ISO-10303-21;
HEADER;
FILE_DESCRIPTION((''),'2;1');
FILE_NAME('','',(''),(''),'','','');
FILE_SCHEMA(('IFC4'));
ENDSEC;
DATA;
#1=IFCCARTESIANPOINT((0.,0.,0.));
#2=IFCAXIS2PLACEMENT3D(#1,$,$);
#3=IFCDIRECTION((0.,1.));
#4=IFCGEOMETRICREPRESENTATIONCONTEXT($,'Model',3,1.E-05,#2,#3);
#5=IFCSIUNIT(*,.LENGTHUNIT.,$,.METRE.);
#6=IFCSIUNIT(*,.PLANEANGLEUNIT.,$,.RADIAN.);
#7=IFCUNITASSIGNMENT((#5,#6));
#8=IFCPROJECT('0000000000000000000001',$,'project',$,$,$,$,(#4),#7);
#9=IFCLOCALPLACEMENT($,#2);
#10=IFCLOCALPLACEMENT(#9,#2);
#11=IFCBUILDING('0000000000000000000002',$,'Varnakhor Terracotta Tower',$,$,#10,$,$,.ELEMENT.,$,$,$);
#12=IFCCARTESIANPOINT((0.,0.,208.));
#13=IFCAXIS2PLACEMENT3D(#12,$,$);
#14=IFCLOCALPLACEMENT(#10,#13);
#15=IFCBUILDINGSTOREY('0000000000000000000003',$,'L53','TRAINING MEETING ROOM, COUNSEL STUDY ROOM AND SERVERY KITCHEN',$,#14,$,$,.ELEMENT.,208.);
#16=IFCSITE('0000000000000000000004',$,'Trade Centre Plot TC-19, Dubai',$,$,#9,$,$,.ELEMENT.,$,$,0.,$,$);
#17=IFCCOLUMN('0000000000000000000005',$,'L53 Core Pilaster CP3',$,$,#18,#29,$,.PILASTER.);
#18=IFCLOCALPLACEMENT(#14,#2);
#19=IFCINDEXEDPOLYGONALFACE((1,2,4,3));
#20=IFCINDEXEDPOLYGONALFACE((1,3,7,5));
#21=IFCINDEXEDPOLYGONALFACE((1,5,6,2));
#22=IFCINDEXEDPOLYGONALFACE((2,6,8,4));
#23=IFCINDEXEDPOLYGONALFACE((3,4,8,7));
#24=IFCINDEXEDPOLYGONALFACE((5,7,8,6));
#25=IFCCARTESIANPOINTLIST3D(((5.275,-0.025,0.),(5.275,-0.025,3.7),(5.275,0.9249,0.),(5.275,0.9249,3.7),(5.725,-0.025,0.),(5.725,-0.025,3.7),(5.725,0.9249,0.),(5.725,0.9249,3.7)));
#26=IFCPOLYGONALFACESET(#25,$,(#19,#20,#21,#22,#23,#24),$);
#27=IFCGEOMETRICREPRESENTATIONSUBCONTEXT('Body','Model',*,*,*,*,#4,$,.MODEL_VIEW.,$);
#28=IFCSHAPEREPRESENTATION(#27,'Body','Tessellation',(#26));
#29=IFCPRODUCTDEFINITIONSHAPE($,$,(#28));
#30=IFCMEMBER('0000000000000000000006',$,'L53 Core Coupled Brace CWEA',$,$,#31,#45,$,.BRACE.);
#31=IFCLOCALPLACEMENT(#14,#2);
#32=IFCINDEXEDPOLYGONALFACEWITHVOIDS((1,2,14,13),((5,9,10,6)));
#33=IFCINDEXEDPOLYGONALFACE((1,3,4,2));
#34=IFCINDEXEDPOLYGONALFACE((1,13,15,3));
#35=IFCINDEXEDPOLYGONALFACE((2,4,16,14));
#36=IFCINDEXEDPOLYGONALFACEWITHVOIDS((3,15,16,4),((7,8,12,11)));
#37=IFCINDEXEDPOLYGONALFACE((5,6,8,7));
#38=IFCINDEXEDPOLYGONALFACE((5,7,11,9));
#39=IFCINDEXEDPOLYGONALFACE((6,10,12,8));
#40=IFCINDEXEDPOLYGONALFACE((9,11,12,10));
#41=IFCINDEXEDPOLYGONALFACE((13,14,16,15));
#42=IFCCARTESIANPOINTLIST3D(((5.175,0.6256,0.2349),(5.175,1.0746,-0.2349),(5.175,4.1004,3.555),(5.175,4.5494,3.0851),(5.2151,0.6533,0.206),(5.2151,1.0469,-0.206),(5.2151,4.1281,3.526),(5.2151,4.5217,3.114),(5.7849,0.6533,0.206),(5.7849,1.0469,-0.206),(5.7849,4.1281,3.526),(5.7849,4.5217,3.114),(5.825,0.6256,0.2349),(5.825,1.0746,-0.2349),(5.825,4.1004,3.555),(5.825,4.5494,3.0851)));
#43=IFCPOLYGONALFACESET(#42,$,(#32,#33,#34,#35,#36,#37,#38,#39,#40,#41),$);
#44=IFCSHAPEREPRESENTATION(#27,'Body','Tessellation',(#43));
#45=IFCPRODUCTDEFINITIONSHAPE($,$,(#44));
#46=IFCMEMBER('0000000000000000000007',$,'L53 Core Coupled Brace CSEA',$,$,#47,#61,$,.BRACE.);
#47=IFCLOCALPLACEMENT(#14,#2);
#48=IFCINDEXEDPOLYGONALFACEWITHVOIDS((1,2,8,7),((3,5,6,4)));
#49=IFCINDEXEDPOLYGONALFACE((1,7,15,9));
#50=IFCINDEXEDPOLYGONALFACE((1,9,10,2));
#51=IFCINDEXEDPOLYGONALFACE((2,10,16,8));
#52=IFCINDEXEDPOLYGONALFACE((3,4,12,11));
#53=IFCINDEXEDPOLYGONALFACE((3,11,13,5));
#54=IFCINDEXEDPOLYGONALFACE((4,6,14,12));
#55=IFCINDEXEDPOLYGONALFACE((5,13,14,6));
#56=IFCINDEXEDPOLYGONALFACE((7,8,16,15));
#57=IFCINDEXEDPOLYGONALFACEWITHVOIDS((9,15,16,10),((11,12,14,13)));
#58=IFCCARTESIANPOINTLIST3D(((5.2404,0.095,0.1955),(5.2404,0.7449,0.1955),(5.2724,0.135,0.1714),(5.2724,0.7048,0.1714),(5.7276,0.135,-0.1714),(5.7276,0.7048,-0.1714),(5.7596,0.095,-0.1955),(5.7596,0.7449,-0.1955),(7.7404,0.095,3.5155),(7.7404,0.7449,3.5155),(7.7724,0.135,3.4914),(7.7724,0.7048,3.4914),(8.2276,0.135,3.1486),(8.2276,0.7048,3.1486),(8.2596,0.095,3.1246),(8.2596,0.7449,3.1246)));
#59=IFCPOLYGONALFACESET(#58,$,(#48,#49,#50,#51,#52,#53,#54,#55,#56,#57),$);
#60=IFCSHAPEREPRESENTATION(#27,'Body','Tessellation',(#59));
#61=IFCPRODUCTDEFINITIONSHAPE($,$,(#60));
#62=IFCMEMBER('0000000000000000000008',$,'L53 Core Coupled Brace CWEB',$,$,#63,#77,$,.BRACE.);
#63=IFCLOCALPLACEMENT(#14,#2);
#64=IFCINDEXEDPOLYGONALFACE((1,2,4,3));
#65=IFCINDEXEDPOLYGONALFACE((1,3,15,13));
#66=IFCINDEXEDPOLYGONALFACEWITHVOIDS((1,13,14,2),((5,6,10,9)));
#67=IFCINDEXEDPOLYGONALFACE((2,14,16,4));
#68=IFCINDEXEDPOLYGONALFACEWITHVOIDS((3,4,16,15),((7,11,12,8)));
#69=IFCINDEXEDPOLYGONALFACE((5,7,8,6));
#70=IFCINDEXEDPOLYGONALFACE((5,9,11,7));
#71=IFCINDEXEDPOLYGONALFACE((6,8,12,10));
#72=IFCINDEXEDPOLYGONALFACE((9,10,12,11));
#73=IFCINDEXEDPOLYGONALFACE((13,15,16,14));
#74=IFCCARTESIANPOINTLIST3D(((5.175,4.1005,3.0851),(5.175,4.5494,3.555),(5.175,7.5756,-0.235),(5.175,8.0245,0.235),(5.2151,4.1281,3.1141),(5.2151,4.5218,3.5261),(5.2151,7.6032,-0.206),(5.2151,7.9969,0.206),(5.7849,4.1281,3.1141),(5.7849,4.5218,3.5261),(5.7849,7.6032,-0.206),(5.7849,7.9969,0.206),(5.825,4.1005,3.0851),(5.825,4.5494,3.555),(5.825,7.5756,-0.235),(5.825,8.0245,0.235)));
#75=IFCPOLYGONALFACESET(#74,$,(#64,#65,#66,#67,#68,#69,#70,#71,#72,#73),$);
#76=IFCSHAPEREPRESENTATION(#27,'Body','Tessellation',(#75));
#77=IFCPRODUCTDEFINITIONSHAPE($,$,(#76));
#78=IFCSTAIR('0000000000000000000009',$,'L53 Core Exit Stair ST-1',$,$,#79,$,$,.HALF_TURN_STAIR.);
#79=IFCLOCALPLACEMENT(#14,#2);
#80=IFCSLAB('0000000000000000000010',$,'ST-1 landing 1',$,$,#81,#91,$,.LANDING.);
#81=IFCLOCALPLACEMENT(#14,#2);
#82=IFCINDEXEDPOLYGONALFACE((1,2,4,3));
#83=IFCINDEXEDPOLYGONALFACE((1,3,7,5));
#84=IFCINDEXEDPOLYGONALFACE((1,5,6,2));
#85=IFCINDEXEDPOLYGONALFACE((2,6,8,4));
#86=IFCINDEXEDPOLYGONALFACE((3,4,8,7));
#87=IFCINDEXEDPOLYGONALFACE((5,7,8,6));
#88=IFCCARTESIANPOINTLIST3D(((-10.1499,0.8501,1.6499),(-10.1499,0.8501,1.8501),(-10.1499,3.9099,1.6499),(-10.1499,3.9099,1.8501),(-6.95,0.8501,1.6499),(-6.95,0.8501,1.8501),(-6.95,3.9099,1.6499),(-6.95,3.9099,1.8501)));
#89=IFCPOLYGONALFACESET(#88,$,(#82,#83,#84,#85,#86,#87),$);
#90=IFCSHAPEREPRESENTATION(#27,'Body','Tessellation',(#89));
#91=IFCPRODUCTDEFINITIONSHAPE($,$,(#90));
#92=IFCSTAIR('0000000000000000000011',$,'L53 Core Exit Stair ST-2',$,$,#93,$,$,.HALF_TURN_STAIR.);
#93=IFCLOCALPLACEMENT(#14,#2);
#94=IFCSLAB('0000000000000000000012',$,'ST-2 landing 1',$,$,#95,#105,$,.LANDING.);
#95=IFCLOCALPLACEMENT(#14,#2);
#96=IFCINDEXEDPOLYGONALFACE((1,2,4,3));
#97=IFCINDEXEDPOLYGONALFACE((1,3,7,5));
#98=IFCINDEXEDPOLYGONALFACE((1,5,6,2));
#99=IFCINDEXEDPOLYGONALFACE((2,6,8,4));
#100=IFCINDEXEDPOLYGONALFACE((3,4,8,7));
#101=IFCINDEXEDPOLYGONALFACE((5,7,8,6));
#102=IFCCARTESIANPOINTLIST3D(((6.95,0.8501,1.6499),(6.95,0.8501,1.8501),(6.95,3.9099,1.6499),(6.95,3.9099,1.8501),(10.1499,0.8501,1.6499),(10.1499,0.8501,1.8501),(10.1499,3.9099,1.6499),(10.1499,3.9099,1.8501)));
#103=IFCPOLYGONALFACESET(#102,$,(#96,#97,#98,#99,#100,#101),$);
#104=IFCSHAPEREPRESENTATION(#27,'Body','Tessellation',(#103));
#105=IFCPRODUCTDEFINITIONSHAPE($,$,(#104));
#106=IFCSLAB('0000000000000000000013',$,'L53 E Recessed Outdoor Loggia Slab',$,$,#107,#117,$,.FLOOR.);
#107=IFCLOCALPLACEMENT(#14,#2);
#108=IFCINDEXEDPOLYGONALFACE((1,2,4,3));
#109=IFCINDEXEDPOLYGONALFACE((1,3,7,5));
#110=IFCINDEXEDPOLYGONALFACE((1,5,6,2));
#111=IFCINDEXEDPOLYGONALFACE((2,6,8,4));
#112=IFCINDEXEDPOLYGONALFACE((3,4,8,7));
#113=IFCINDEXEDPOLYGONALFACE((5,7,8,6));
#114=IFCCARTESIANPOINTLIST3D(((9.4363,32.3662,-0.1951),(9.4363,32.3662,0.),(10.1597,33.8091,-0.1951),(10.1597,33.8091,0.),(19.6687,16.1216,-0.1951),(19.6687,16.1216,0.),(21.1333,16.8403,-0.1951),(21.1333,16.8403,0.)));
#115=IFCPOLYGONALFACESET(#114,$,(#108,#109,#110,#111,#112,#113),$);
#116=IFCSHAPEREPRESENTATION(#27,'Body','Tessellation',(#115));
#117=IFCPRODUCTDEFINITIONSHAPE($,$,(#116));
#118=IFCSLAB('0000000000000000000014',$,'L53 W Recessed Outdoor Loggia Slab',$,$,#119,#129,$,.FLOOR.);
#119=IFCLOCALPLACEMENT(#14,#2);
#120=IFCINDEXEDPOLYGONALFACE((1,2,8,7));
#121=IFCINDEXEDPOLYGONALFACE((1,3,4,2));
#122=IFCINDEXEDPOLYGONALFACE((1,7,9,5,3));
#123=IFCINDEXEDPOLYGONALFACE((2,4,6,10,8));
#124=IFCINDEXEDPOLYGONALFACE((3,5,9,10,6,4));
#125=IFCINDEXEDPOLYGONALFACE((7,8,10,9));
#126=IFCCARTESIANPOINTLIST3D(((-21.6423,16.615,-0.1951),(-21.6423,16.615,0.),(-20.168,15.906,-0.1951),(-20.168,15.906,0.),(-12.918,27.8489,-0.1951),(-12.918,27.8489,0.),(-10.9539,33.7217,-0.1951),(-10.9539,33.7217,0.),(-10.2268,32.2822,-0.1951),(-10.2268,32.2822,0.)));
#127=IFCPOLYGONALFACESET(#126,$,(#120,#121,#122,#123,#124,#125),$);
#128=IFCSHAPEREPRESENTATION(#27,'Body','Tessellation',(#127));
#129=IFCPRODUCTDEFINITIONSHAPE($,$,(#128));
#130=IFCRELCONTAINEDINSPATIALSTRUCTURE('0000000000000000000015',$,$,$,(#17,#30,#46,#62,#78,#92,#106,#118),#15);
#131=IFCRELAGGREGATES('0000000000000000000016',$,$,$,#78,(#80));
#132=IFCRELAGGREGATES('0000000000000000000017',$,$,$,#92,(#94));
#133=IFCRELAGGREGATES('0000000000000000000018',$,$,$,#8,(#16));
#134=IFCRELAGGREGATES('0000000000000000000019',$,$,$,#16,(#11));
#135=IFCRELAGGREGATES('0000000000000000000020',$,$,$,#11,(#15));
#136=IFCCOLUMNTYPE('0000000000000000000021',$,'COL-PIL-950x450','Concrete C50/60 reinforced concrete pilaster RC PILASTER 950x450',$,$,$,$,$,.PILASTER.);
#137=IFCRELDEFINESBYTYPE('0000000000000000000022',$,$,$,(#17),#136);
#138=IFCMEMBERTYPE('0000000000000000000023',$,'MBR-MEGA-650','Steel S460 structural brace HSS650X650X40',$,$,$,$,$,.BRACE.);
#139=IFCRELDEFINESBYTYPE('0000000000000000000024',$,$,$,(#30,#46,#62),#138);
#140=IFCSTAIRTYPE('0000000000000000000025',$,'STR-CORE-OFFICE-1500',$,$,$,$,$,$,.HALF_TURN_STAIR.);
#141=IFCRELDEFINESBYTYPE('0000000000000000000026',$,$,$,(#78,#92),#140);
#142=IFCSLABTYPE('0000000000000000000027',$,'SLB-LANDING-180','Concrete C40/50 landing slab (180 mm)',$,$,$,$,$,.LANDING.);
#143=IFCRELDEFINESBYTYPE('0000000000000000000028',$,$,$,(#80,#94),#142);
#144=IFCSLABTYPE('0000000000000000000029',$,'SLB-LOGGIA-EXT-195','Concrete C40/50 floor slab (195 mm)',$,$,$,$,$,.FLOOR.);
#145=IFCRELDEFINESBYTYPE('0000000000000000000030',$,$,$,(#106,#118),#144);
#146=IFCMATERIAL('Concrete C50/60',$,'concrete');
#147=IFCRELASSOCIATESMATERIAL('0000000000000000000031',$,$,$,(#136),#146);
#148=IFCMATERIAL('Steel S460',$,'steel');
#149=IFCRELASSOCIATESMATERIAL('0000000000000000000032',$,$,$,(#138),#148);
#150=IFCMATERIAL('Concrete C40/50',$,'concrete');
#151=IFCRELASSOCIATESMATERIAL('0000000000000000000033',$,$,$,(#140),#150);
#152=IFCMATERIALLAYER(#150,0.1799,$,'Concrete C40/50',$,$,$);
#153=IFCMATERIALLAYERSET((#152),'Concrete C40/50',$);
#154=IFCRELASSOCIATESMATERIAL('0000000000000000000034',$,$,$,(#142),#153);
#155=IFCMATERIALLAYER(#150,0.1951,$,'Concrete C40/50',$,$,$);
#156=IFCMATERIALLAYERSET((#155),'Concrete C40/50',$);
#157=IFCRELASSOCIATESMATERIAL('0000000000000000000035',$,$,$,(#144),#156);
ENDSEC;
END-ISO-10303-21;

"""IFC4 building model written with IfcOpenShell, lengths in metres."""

from ifc_helpers import new_model, si_unit, direction, frame, origin, origin_2d, place, context, subcontext, project, spatial, polyline, rectangle, hollow_rectangle, outline, extrude, source, transform, mapped, material, layer, layer_set, material_profile, profile_set, type_object, element, aggregate, save


model = new_model("IFC4")

# Units and contexts
model_context = context("Model", 3, precision=1e-05, world=origin(), true_north=direction((0.0, 1.0)))
body_context = subcontext(model_context, "Body", "Model", "MODEL_VIEW")
ifc_project = project(units=[si_unit("LENGTHUNIT", "METRE"), si_unit("PLANEANGLEUNIT", "RADIAN")], contexts=[model_context])

# Site, building, storey
site_placement = place(None, origin())
site = spatial("IfcSite", under=ifc_project, at=site_placement, Name="Trade Centre Plot TC-19, Dubai", CompositionType="ELEMENT", RefElevation=0.0)
building_placement = place(site_placement, origin())
building = spatial("IfcBuilding", under=site, at=building_placement, Name="Varnakhor Terracotta Tower", CompositionType="ELEMENT")
storey_placement = place(building_placement, frame((0.0, 0.0, 208.0)))
storey = spatial("IfcBuildingStorey", under=building, at=storey_placement, Name="L53", Description="TRAINING MEETING ROOM, COUNSEL STUDY ROOM AND SERVERY KITCHEN", CompositionType="ELEMENT", Elevation=208.0)

# Column
ifc_material_1 = material(Name="Concrete C50/60", Category="concrete")
ifc_material_profile_1 = material_profile(ifc_material_1, rectangle(XDim=0.45, YDim=0.95, at=origin_2d()), Name="RC PILASTER 950x450")
ifc_profile_set_1 = profile_set([ifc_material_profile_1], Name="Concrete C50/60")
column_type = type_object("IfcColumnType", Name="COL-PIL-950x450", Description="Concrete C50/60 reinforced concrete pilaster RC PILASTER 950x450", PredefinedType="PILASTER", material=ifc_profile_set_1)
shared_shape_1 = source(origin(), body_context, "Body", "SweptSolid", [
    extrude(rectangle(XDim=0.45, YDim=0.95, at=origin_2d()), origin(), (0.0, 0.0, 1.0), 3.7),
])
column_placement = place(storey_placement, frame((5.5, 0.45, 0.0), z_axis=(0.0, 0.0, 1.0), x_axis=(1.0, 0.0, 0.0)))
element("IfcColumn", 1, at=column_placement, inside=storey, type_object=column_type, Name="L53 Core Pilaster CP3", PredefinedType="PILASTER", context=body_context, shape_type="MappedRepresentation", body=[
    mapped(shared_shape_1, transform((0.0, 0.0, 0.0), scale=1.0)),
])

# Members
ifc_material_2 = material(Name="Steel S460", Category="steel")
ifc_material_profile_2 = material_profile(ifc_material_2, hollow_rectangle(XDim=0.6499, YDim=0.6499, WallThickness=0.04, at=origin_2d()), Name="HSS650X650X40")
ifc_profile_set_2 = profile_set([ifc_material_profile_2], Name="Steel S460")
member_type = type_object("IfcMemberType", Name="MBR-MEGA-650", Description="Steel S460 structural brace HSS650X650X40", PredefinedType="BRACE", material=ifc_profile_set_2)
shared_shape_2 = source(origin(), body_context, "Body", "SweptSolid", [
    extrude(hollow_rectangle(XDim=0.6499, YDim=0.6499, WallThickness=0.04, at=origin_2d()), origin(), (0.0, 0.0, 1.0), 4.8059),
])
member_1_placement = place(storey_placement, frame((5.5, 0.8501, 0.0), z_axis=(0.0, 0.723027, 0.69082), x_axis=(-1.0, 0.0, 0.0)))
element("IfcMember", 2, at=member_1_placement, inside=storey, type_object=member_type, Name="L53 Core Coupled Brace CWEA", PredefinedType="BRACE", context=body_context, shape_type="MappedRepresentation", body=[
    mapped(shared_shape_2, transform((0.0, 0.0, 0.0), scale=1.0)),
])
shared_shape_3 = source(origin(), body_context, "Body", "SweptSolid", [
    extrude(hollow_rectangle(XDim=0.6499, YDim=0.6499, WallThickness=0.04, at=origin_2d()), origin(), (0.0, 0.0, 1.0), 4.156),
])
member_2_placement = place(storey_placement, frame((5.5, 0.4199, 0.0), z_axis=(0.601531, 0.0, 0.79885), x_axis=(0.0, 1.0, 0.0)))
element("IfcMember", 3, at=member_2_placement, inside=storey, type_object=member_type, Name="L53 Core Coupled Brace CSEA", PredefinedType="BRACE", context=body_context, shape_type="MappedRepresentation", body=[
    mapped(shared_shape_3, transform((0.0, 0.0, 0.0), scale=1.0)),
])
shared_shape_4 = source(origin(), body_context, "Body", "SweptSolid", [
    extrude(hollow_rectangle(XDim=0.6499, YDim=0.6499, WallThickness=0.04, at=origin_2d()), origin(), (0.0, 0.0, 1.0), 4.8062),
])
member_3_placement = place(storey_placement, frame((5.5, 7.8, 0.0), z_axis=(0.0, -0.723051, 0.690795), x_axis=(1.0, 0.0, 0.0)))
element("IfcMember", 4, at=member_3_placement, inside=storey, type_object=member_type, Name="L53 Core Coupled Brace CWEB", PredefinedType="BRACE", context=body_context, shape_type="MappedRepresentation", body=[
    mapped(shared_shape_4, transform((0.0, 0.0, 0.0), scale=1.0)),
])

# Stairs, slabs
ifc_material_3 = material(Name="Concrete C40/50", Category="concrete")
stair_type = type_object("IfcStairType", Name="STR-CORE-OFFICE-1500", PredefinedType="HALF_TURN_STAIR", material=ifc_material_3)
stair_1_placement = place(storey_placement, origin())
stair_1 = element("IfcStair", 5, at=stair_1_placement, inside=storey, type_object=stair_type, Name="L53 Core Exit Stair ST-1", PredefinedType="HALF_TURN_STAIR")
ifc_layer_1 = layer(ifc_material_3, 0.1799, Name="Concrete C40/50")
ifc_layer_set_1 = layer_set([ifc_layer_1], Name="Concrete C40/50")
slab_type_1 = type_object("IfcSlabType", Name="SLB-LANDING-180", Description="Concrete C40/50 landing slab (180 mm)", PredefinedType="LANDING", material=ifc_layer_set_1)
slab_1_placement = place(storey_placement, frame((0.0, 0.0, 1.6499)))
slab_1 = element("IfcSlab", 6, at=slab_1_placement, type_object=slab_type_1, Name="ST-1 landing 1", PredefinedType="LANDING", context=body_context, shape_type="SweptSolid", body=[
    extrude(outline(polyline([(-10.1499, 3.9099), (-10.1499, 0.8501), (-6.95, 0.8501), (-6.95, 3.9099), (-10.1499, 3.9099)])), origin(), (0.0, 0.0, 1.0), 0.2002),
])
aggregate(stair_1, [slab_1])
stair_2_placement = place(storey_placement, origin())
stair_2 = element("IfcStair", 7, at=stair_2_placement, inside=storey, type_object=stair_type, Name="L53 Core Exit Stair ST-2", PredefinedType="HALF_TURN_STAIR")
slab_2_placement = place(storey_placement, frame((0.0, 0.0, 1.6499)))
slab_2 = element("IfcSlab", 8, at=slab_2_placement, type_object=slab_type_1, Name="ST-2 landing 1", PredefinedType="LANDING", context=body_context, shape_type="SweptSolid", body=[
    extrude(outline(polyline([(6.95, 3.9099), (6.95, 0.8501), (10.1499, 0.8501), (10.1499, 3.9099), (6.95, 3.9099)])), origin(), (0.0, 0.0, 1.0), 0.2002),
])

# Slabs
ifc_layer_2 = layer(ifc_material_3, 0.1951, Name="Concrete C40/50")
ifc_layer_set_2 = layer_set([ifc_layer_2], Name="Concrete C40/50")
slab_type_2 = type_object("IfcSlabType", Name="SLB-LOGGIA-EXT-195", Description="Concrete C40/50 floor slab (195 mm)", PredefinedType="FLOOR", material=ifc_layer_set_2)
slab_3_placement = place(storey_placement, frame((0.0, 0.0, -0.1951)))
element("IfcSlab", 9, at=slab_3_placement, inside=storey, type_object=slab_type_2, Name="L53 E Recessed Outdoor Loggia Slab", PredefinedType="FLOOR", context=body_context, shape_type="SweptSolid", body=[
    extrude(outline(polyline([(10.1597, 33.8091), (21.1333, 16.8403), (19.6687, 16.1216), (9.4363, 32.3662), (10.1597, 33.8091)])), origin(), (0.0, 0.0, 1.0), 0.1951),
])
slab_4_placement = place(storey_placement, frame((0.0, 0.0, -0.1951)))
element("IfcSlab", 10, at=slab_4_placement, inside=storey, type_object=slab_type_2, Name="L53 W Recessed Outdoor Loggia Slab", PredefinedType="FLOOR", context=body_context, shape_type="SweptSolid", body=[
    extrude(outline(polyline([(-21.6423, 16.615), (-10.9539, 33.7217), (-10.2268, 32.2822), (-12.918, 27.8489), (-20.168, 15.906), (-21.6423, 16.615)])), origin(), (0.0, 0.0, 1.0), 0.1951),
])

aggregate(stair_2, [slab_2])

save(model, "model.ifc")
